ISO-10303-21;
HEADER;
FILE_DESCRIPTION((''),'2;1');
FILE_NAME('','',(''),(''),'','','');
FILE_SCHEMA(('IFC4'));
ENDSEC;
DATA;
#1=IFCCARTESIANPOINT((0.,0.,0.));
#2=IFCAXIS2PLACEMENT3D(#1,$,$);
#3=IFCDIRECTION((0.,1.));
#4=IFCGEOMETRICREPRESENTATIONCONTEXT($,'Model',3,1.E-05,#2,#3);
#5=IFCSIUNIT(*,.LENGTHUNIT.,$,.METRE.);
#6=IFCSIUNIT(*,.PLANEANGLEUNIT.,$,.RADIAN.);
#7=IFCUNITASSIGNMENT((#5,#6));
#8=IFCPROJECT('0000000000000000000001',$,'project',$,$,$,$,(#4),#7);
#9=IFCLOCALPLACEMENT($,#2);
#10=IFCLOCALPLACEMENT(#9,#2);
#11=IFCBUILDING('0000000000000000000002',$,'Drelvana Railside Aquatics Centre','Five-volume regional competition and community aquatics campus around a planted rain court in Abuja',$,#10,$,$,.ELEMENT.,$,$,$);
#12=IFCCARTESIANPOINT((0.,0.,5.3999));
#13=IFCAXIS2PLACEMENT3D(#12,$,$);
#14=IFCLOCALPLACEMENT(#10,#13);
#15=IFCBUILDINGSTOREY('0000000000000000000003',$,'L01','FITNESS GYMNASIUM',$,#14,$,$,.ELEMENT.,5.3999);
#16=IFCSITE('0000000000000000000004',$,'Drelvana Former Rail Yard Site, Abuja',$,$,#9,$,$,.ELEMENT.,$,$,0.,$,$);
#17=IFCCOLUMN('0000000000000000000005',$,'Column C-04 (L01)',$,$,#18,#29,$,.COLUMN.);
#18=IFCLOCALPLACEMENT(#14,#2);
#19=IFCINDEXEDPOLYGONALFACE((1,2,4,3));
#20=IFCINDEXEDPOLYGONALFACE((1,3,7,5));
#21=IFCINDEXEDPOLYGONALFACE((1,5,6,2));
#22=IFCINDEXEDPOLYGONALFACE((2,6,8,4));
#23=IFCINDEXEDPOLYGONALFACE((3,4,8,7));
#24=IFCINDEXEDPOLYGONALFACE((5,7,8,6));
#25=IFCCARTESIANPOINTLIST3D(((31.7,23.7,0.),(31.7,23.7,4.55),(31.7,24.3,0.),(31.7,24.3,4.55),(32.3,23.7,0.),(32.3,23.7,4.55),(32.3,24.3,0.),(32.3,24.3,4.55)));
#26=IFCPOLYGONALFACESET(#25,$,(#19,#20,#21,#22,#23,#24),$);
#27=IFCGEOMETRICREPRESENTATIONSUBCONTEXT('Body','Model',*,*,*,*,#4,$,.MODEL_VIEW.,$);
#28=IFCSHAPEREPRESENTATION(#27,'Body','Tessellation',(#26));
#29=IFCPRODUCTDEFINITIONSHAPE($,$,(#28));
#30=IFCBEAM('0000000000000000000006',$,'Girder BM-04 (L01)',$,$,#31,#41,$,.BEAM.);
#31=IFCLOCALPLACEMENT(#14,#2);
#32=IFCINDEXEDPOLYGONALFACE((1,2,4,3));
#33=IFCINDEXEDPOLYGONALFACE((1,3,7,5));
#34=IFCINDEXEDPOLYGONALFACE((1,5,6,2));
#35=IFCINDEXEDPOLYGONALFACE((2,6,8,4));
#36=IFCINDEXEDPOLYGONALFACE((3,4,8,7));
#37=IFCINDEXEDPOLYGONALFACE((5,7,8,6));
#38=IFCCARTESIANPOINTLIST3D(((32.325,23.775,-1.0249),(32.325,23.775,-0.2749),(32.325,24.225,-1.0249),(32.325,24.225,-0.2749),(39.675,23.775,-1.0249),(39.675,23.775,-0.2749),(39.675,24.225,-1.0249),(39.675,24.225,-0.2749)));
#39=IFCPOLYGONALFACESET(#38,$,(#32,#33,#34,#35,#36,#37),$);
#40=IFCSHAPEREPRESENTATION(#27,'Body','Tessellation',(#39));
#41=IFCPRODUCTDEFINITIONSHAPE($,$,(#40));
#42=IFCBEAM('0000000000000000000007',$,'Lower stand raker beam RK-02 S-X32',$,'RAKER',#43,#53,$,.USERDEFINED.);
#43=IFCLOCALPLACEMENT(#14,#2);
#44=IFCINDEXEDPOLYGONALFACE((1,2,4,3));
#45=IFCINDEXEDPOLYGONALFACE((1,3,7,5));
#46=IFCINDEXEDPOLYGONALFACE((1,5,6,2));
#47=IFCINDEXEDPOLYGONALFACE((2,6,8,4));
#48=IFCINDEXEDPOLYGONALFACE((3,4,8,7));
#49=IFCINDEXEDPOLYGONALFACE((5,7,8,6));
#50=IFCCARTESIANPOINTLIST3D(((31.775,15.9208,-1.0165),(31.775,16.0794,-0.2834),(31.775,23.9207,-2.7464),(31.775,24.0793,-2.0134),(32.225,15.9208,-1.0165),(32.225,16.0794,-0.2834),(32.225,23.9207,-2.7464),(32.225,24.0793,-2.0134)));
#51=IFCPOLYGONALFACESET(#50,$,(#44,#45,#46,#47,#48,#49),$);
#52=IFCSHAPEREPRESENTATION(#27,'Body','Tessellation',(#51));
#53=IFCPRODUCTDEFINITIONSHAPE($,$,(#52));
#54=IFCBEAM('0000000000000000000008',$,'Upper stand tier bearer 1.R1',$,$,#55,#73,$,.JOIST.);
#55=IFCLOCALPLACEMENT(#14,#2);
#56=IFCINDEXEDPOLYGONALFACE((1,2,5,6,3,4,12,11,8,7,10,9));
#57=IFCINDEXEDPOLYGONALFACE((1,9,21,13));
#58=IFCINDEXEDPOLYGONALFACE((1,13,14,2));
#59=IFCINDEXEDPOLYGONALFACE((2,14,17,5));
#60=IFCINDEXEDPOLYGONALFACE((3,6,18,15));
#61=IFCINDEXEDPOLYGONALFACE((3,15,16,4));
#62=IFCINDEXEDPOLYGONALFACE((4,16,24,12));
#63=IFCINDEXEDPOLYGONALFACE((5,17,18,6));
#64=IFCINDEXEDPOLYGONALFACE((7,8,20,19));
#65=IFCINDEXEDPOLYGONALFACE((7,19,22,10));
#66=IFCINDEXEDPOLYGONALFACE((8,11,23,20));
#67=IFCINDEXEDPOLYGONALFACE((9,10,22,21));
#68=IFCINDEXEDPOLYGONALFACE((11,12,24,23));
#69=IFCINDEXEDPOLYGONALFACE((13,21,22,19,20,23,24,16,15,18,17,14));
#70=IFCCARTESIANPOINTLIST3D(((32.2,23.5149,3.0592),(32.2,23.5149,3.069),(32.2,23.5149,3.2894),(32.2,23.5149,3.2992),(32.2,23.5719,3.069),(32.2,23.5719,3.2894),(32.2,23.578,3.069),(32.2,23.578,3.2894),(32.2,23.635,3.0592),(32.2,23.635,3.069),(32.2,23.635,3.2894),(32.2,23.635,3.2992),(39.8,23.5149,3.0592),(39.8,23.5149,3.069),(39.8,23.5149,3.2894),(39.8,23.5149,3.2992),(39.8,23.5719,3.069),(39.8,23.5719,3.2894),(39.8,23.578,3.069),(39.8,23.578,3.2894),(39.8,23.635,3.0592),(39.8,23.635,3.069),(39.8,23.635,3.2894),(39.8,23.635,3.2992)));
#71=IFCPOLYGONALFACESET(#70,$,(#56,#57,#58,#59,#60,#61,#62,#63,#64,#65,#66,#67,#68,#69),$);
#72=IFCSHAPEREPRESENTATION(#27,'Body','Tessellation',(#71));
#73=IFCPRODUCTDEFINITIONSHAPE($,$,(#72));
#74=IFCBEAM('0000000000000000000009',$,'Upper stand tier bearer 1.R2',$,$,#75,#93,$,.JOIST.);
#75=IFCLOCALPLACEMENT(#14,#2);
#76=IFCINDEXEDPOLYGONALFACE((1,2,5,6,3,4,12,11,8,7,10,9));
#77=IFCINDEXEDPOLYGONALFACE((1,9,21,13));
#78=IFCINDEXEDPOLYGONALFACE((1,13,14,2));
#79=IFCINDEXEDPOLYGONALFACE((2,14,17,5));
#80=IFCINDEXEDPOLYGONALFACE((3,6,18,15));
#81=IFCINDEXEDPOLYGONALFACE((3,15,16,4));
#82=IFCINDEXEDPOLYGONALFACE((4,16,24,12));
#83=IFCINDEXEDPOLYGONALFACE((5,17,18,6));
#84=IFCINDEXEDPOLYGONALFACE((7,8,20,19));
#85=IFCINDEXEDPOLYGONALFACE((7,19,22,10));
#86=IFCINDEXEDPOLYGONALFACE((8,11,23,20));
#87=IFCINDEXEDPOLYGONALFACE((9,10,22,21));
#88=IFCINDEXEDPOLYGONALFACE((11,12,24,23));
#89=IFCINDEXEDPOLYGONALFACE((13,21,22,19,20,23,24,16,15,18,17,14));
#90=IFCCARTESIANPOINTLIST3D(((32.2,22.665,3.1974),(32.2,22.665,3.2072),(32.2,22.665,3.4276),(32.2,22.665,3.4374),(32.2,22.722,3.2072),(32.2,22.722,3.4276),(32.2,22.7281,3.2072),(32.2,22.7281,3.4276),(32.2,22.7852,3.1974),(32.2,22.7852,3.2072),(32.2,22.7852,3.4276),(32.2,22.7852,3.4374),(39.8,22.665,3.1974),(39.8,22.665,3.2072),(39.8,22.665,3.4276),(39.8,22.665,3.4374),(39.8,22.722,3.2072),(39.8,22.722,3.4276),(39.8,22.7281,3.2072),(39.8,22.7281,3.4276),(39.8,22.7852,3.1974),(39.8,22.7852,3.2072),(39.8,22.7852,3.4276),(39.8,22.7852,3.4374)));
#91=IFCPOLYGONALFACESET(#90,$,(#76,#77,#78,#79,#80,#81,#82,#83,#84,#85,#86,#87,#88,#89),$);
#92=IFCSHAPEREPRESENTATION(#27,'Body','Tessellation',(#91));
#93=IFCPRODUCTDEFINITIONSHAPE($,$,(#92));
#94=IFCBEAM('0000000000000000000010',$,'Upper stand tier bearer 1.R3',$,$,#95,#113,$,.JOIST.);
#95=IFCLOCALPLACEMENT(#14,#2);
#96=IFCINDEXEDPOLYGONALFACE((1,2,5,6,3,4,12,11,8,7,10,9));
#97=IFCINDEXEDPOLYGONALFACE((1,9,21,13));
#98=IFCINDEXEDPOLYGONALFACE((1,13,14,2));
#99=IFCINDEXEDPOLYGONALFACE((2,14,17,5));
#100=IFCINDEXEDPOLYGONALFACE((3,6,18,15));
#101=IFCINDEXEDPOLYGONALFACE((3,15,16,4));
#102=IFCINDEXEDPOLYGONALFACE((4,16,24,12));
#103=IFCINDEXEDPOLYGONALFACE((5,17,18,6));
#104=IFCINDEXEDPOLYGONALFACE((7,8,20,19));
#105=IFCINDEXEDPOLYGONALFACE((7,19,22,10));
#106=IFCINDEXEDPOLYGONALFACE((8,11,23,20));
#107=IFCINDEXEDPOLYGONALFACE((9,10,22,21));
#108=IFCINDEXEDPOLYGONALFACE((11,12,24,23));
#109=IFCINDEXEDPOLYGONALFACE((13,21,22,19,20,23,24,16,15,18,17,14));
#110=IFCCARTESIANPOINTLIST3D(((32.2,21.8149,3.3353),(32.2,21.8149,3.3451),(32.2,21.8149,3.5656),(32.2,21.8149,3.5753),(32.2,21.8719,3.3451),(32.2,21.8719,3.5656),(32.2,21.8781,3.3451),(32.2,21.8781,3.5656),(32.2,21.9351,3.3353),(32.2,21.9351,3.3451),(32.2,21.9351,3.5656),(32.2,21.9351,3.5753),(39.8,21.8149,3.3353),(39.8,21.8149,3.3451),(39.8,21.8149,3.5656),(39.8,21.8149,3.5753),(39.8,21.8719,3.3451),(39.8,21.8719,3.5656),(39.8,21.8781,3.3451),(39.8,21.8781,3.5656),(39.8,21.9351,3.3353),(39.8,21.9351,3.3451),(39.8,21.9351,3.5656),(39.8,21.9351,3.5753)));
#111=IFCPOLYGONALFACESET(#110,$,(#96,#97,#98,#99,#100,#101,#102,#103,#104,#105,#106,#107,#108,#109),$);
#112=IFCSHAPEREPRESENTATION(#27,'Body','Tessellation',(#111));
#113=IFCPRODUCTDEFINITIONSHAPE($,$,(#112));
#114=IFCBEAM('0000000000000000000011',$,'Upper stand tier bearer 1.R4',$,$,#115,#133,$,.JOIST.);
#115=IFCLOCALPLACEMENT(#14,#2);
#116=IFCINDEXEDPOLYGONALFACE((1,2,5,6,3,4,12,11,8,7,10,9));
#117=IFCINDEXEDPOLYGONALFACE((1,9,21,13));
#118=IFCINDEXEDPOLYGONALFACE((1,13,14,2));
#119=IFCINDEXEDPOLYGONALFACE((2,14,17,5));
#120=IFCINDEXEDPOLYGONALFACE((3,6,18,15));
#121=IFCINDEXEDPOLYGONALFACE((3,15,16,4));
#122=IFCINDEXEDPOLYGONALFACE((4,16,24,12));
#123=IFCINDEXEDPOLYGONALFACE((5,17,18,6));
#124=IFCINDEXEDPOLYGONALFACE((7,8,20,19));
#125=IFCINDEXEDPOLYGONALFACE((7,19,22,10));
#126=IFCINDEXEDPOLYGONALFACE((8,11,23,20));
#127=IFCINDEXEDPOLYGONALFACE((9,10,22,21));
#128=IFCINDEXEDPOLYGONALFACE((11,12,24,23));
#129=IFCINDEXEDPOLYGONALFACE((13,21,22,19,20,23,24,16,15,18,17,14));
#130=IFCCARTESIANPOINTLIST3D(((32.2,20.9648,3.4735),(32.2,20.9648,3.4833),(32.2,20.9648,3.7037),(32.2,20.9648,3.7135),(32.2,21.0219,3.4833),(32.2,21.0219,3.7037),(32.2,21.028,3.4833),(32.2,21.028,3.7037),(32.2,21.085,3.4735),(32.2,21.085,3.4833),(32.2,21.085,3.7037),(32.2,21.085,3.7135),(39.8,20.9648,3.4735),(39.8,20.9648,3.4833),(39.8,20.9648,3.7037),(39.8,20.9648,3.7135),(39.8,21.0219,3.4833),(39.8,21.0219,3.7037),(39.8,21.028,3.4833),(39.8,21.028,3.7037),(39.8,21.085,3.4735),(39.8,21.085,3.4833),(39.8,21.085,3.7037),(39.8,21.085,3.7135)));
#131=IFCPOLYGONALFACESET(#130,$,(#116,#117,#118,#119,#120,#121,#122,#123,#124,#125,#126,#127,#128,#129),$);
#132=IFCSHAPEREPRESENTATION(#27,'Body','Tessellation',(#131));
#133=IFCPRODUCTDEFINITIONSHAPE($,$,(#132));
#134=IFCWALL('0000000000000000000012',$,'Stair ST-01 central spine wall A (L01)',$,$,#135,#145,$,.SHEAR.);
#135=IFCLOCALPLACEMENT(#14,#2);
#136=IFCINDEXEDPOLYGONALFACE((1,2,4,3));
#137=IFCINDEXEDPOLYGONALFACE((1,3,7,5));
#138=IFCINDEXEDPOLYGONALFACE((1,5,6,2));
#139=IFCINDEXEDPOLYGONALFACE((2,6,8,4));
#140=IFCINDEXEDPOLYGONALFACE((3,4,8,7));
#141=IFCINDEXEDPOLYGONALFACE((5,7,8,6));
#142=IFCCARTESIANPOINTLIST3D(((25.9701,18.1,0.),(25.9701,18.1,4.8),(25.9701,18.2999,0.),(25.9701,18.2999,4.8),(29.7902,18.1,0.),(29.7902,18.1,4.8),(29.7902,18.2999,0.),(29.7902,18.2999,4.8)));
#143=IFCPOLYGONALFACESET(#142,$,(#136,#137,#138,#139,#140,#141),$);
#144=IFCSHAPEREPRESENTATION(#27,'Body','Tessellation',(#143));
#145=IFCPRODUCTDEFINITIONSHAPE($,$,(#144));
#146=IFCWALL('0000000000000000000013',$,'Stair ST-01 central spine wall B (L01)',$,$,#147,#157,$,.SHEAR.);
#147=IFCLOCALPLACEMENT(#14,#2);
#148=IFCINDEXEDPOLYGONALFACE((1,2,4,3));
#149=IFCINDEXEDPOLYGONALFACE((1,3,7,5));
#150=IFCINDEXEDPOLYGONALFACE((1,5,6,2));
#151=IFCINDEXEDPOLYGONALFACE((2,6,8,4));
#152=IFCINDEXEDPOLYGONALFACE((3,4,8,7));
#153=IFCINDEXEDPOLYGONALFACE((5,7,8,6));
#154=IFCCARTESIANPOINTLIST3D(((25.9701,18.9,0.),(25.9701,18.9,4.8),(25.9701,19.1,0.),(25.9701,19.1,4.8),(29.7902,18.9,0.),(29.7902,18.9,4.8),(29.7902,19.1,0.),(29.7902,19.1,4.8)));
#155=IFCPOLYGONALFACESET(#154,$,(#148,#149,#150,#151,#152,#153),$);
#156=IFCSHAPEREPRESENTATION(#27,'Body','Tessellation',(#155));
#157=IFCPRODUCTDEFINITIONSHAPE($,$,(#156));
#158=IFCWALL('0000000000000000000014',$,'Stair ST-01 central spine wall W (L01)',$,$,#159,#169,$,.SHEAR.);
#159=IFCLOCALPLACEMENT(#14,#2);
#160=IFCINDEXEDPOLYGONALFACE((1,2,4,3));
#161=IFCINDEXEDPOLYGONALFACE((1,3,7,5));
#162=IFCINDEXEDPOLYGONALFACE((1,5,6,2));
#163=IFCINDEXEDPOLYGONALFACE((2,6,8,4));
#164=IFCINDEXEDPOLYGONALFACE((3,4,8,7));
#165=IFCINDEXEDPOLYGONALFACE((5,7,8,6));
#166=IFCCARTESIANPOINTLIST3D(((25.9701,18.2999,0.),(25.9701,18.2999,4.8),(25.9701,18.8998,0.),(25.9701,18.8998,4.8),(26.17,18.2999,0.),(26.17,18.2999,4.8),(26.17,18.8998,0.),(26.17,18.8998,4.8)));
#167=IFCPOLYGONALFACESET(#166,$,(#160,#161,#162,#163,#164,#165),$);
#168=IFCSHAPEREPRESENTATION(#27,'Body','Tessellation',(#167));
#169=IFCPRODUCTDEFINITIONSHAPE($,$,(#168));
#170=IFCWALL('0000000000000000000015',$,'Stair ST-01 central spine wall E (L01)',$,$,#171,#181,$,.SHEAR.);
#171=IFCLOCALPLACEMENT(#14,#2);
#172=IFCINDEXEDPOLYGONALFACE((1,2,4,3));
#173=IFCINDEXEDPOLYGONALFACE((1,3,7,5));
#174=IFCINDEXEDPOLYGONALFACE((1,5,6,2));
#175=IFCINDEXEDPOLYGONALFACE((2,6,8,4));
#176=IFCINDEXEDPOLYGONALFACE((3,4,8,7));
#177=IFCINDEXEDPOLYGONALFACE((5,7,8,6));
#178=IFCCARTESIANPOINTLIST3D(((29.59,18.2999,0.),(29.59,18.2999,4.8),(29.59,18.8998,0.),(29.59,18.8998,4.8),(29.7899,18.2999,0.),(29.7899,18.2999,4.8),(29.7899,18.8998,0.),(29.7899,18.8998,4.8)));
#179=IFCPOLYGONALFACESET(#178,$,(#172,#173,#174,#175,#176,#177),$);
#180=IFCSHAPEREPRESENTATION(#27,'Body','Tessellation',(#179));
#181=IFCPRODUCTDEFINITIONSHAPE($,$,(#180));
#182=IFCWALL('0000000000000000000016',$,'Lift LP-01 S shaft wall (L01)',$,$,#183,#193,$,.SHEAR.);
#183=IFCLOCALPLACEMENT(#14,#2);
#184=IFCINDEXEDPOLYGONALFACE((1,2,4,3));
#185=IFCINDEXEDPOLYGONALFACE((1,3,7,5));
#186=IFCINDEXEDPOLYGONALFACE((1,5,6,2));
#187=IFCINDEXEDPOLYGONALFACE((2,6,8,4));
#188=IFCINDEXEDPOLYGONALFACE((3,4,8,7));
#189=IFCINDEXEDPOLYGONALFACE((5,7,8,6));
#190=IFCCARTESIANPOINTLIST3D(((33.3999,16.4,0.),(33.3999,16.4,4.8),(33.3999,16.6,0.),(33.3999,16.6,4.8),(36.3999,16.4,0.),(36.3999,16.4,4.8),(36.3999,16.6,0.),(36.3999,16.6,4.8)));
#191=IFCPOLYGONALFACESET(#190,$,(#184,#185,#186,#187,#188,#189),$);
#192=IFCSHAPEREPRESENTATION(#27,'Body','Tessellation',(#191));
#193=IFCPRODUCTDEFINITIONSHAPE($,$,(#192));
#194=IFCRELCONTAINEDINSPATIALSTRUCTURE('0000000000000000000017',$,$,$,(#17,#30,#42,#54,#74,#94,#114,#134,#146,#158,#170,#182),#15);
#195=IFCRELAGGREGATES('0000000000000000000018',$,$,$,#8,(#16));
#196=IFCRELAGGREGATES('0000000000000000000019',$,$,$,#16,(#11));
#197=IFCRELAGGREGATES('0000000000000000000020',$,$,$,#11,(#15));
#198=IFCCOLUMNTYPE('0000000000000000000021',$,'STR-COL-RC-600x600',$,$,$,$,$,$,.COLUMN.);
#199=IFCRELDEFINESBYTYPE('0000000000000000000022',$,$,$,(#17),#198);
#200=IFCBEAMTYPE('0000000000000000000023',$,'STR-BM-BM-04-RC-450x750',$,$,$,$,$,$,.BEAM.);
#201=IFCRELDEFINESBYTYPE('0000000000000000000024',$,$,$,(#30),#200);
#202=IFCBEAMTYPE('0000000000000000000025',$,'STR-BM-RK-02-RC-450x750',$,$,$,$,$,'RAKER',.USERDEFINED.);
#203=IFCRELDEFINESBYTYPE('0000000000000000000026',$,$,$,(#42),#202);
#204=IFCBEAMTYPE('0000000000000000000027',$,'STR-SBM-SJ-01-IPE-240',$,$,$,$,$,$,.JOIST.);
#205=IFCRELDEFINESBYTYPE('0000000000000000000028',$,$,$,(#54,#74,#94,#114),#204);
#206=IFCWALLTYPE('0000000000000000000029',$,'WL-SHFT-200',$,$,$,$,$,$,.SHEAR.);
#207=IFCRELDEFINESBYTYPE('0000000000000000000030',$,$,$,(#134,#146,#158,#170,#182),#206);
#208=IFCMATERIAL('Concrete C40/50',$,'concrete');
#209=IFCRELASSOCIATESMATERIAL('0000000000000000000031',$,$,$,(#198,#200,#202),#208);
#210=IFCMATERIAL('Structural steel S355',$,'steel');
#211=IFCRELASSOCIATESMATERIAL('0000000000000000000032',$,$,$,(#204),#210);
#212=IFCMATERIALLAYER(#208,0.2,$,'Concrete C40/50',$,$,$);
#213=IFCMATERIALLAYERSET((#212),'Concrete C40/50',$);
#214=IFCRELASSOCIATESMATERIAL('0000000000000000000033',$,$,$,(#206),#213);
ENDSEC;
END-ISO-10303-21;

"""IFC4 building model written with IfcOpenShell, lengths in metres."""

from ifc_helpers import new_model, si_unit, direction, frame, frame_2d, origin, origin_2d, place, context, subcontext, project, spatial, rectangle, i_section, extrude, material, layer, layer_set, material_profile, profile_set, type_object, element, save


model = new_model("IFC4")

# Units and contexts
model_context = context("Model", 3, precision=1e-05, world=origin(), true_north=direction((0.0, 1.0)))
body_context = subcontext(model_context, "Body", "Model", "MODEL_VIEW")
ifc_project = project(units=[si_unit("LENGTHUNIT", "METRE"), si_unit("PLANEANGLEUNIT", "RADIAN")], contexts=[model_context])

# Site, building, storey
site_placement = place(None, origin())
site = spatial("IfcSite", under=ifc_project, at=site_placement, Name="Drelvana Former Rail Yard Site, Abuja", CompositionType="ELEMENT", RefElevation=0.0)
building_placement = place(site_placement, origin())
building = spatial("IfcBuilding", under=site, at=building_placement, Name="Drelvana Railside Aquatics Centre", Description="Five-volume regional competition and community aquatics campus around a planted rain court in Abuja", CompositionType="ELEMENT")
storey_placement = place(building_placement, frame((0.0, 0.0, 5.3999)))
storey = spatial("IfcBuildingStorey", under=building, at=storey_placement, Name="L01", Description="FITNESS GYMNASIUM", CompositionType="ELEMENT", Elevation=5.3999)

# Column
ifc_material_1 = material(Name="Concrete C40/50", Category="concrete")
ifc_material_profile_1 = material_profile(ifc_material_1, rectangle(XDim=0.6001, YDim=0.6001, at=origin_2d()), Name="RC 600x600")
ifc_profile_set_1 = profile_set([ifc_material_profile_1], Name="Concrete C40/50")
column_type = type_object("IfcColumnType", Name="STR-COL-RC-600x600", PredefinedType="COLUMN", material=ifc_profile_set_1)
column_placement = place(storey_placement, frame((32.0, 24.0, 0.0), z_axis=(0.0, 0.0, 1.0), x_axis=(1.0, 0.0, 0.0)))
element("IfcColumn", 1, at=column_placement, inside=storey, type_object=column_type, Name="Column C-04 (L01)", PredefinedType="COLUMN", context=body_context, shape_type="SweptSolid", body=[
    extrude(rectangle(XDim=0.6001, YDim=0.6001, at=origin_2d()), origin(), (0.0, 0.0, 1.0), 4.55),
])

# Beams
ifc_material_profile_2 = material_profile(ifc_material_1, rectangle(XDim=0.45, YDim=0.75, at=origin_2d()), Name="RC 450x750")
ifc_profile_set_2 = profile_set([ifc_material_profile_2], Name="Concrete C40/50")
beam_type_1 = type_object("IfcBeamType", Name="STR-BM-BM-04-RC-450x750", PredefinedType="BEAM", material=ifc_profile_set_2)
beam_1_placement = place(storey_placement, frame((32.325, 24.0, -0.6499), z_axis=(1.0, 0.0, 0.0), x_axis=(0.0, 1.0, 0.0)))
element("IfcBeam", 2, at=beam_1_placement, inside=storey, type_object=beam_type_1, Name="Girder BM-04 (L01)", PredefinedType="BEAM", context=body_context, shape_type="SweptSolid", body=[
    extrude(rectangle(XDim=0.45, YDim=0.75, at=origin_2d()), origin(), (0.0, 0.0, 1.0), 7.3501),
])
ifc_material_profile_3 = material_profile(ifc_material_1, rectangle(XDim=0.45, YDim=0.75, at=origin_2d()), Name="RC 450x750")
ifc_profile_set_3 = profile_set([ifc_material_profile_3], Name="Concrete C40/50")
beam_type_2 = type_object("IfcBeamType", Name="STR-BM-RK-02-RC-450x750", ElementType="RAKER", PredefinedType="USERDEFINED", material=ifc_profile_set_3)
beam_2_placement = place(storey_placement, frame((32.0, 24.0, -2.3799), z_axis=(0.0, -0.977408, 0.211362), x_axis=(1.0, 0.0, 0.0)))
element("IfcBeam", 3, at=beam_2_placement, inside=storey, type_object=beam_type_2, Name="Lower stand raker beam RK-02 S-X32", ObjectType="RAKER", PredefinedType="USERDEFINED", context=body_context, shape_type="SweptSolid", body=[
    extrude(rectangle(XDim=0.45, YDim=0.75, at=origin_2d()), origin(), (0.0, 0.0, 1.0), 8.1848),
])
ifc_material_2 = material(Name="Structural steel S355", Category="steel")
ifc_material_profile_4 = material_profile(ifc_material_2, i_section(OverallWidth=0.1201, OverallDepth=0.24, WebThickness=0.0061, FlangeThickness=0.0098, at=origin_2d()), Name="IPE 240")
ifc_profile_set_4 = profile_set([ifc_material_profile_4], Name="Structural steel S355")
beam_type_3 = type_object("IfcBeamType", Name="STR-SBM-SJ-01-IPE-240", PredefinedType="JOIST", material=ifc_profile_set_4)
for number, where, z_axis, x_axis, name in (
    (4, (32.2, 23.575, 3.1792), (1.0, 0.0, 0.0), (0.0, 1.0, 0.0), "Upper stand tier bearer 1.R1"),
    (5, (32.2, 22.7251, 3.3174), (1.0, 0.0, 0.0), (0.0, 1.0, 0.0), "Upper stand tier bearer 1.R2"),
    (6, (32.2, 21.875, 3.4553), (1.0, 0.0, 0.0), (0.0, 1.0, 0.0), "Upper stand tier bearer 1.R3"),
    (7, (32.2, 21.0249, 3.5935), (1.0, 0.0, 0.0), (0.0, 1.0, 0.0), "Upper stand tier bearer 1.R4"),
):
    element("IfcBeam", number, at=place(storey_placement, frame(where, z_axis=z_axis, x_axis=x_axis)), inside=storey, type_object=beam_type_3, Name=name, PredefinedType="JOIST", context=body_context, shape_type="SweptSolid", body=[
        extrude(i_section(OverallWidth=0.1201, OverallDepth=0.24, WebThickness=0.0061, FlangeThickness=0.0098, at=origin_2d()), origin(), (0.0, 0.0, 1.0), 7.6001),
    ])

# Walls
ifc_layer = layer(ifc_material_1, 0.2, Name="Concrete C40/50")
ifc_layer_set = layer_set([ifc_layer], Name="Concrete C40/50")
wall_type = type_object("IfcWallType", Name="WL-SHFT-200", PredefinedType="SHEAR", material=ifc_layer_set)
for number, where, z_axis, x_axis, name in (
    (8, (25.97, 18.2, 0.0), (0.0, 0.0, 1.0), (1.0, 0.0, 0.0), "Stair ST-01 central spine wall A (L01)"),
    (9, (25.97, 19.0, 0.0), (0.0, 0.0, 1.0), (1.0, 0.0, 0.0), "Stair ST-01 central spine wall B (L01)"),
):
    element("IfcWall", number, at=place(storey_placement, frame(where, z_axis=z_axis, x_axis=x_axis)), inside=storey, type_object=wall_type, Name=name, PredefinedType="SHEAR", context=body_context, shape_type="SweptSolid", body=[
        extrude(rectangle(XDim=3.8201, YDim=0.2, at=frame_2d((1.9102, 0.0))), origin(), (0.0, 0.0, 1.0), 4.8),
    ])
for number, where, z_axis, x_axis, name in (
    (10, (26.0701, 18.3, 0.0), (0.0, 0.0, 1.0), (0.0, 1.0, 0.0), "Stair ST-01 central spine wall W (L01)"),
    (11, (29.6899, 18.3, 0.0), (0.0, 0.0, 1.0), (0.0, 1.0, 0.0), "Stair ST-01 central spine wall E (L01)"),
):
    element("IfcWall", number, at=place(storey_placement, frame(where, z_axis=z_axis, x_axis=x_axis)), inside=storey, type_object=wall_type, Name=name, PredefinedType="SHEAR", context=body_context, shape_type="SweptSolid", body=[
        extrude(rectangle(XDim=0.5999, YDim=0.2, at=frame_2d((0.2998, 0.0))), origin(), (0.0, 0.0, 1.0), 4.8),
    ])
wall_1_placement = place(storey_placement, frame((33.3999, 16.5, 0.0), z_axis=(0.0, 0.0, 1.0), x_axis=(1.0, 0.0, 0.0)))
element("IfcWall", 12, at=wall_1_placement, inside=storey, type_object=wall_type, Name="Lift LP-01 S shaft wall (L01)", PredefinedType="SHEAR", context=body_context, shape_type="SweptSolid", body=[
    extrude(rectangle(XDim=3.0, YDim=0.2, at=frame_2d((1.5, 0.0))), origin(), (0.0, 0.0, 1.0), 4.8),
])

save(model, "model.ifc")
